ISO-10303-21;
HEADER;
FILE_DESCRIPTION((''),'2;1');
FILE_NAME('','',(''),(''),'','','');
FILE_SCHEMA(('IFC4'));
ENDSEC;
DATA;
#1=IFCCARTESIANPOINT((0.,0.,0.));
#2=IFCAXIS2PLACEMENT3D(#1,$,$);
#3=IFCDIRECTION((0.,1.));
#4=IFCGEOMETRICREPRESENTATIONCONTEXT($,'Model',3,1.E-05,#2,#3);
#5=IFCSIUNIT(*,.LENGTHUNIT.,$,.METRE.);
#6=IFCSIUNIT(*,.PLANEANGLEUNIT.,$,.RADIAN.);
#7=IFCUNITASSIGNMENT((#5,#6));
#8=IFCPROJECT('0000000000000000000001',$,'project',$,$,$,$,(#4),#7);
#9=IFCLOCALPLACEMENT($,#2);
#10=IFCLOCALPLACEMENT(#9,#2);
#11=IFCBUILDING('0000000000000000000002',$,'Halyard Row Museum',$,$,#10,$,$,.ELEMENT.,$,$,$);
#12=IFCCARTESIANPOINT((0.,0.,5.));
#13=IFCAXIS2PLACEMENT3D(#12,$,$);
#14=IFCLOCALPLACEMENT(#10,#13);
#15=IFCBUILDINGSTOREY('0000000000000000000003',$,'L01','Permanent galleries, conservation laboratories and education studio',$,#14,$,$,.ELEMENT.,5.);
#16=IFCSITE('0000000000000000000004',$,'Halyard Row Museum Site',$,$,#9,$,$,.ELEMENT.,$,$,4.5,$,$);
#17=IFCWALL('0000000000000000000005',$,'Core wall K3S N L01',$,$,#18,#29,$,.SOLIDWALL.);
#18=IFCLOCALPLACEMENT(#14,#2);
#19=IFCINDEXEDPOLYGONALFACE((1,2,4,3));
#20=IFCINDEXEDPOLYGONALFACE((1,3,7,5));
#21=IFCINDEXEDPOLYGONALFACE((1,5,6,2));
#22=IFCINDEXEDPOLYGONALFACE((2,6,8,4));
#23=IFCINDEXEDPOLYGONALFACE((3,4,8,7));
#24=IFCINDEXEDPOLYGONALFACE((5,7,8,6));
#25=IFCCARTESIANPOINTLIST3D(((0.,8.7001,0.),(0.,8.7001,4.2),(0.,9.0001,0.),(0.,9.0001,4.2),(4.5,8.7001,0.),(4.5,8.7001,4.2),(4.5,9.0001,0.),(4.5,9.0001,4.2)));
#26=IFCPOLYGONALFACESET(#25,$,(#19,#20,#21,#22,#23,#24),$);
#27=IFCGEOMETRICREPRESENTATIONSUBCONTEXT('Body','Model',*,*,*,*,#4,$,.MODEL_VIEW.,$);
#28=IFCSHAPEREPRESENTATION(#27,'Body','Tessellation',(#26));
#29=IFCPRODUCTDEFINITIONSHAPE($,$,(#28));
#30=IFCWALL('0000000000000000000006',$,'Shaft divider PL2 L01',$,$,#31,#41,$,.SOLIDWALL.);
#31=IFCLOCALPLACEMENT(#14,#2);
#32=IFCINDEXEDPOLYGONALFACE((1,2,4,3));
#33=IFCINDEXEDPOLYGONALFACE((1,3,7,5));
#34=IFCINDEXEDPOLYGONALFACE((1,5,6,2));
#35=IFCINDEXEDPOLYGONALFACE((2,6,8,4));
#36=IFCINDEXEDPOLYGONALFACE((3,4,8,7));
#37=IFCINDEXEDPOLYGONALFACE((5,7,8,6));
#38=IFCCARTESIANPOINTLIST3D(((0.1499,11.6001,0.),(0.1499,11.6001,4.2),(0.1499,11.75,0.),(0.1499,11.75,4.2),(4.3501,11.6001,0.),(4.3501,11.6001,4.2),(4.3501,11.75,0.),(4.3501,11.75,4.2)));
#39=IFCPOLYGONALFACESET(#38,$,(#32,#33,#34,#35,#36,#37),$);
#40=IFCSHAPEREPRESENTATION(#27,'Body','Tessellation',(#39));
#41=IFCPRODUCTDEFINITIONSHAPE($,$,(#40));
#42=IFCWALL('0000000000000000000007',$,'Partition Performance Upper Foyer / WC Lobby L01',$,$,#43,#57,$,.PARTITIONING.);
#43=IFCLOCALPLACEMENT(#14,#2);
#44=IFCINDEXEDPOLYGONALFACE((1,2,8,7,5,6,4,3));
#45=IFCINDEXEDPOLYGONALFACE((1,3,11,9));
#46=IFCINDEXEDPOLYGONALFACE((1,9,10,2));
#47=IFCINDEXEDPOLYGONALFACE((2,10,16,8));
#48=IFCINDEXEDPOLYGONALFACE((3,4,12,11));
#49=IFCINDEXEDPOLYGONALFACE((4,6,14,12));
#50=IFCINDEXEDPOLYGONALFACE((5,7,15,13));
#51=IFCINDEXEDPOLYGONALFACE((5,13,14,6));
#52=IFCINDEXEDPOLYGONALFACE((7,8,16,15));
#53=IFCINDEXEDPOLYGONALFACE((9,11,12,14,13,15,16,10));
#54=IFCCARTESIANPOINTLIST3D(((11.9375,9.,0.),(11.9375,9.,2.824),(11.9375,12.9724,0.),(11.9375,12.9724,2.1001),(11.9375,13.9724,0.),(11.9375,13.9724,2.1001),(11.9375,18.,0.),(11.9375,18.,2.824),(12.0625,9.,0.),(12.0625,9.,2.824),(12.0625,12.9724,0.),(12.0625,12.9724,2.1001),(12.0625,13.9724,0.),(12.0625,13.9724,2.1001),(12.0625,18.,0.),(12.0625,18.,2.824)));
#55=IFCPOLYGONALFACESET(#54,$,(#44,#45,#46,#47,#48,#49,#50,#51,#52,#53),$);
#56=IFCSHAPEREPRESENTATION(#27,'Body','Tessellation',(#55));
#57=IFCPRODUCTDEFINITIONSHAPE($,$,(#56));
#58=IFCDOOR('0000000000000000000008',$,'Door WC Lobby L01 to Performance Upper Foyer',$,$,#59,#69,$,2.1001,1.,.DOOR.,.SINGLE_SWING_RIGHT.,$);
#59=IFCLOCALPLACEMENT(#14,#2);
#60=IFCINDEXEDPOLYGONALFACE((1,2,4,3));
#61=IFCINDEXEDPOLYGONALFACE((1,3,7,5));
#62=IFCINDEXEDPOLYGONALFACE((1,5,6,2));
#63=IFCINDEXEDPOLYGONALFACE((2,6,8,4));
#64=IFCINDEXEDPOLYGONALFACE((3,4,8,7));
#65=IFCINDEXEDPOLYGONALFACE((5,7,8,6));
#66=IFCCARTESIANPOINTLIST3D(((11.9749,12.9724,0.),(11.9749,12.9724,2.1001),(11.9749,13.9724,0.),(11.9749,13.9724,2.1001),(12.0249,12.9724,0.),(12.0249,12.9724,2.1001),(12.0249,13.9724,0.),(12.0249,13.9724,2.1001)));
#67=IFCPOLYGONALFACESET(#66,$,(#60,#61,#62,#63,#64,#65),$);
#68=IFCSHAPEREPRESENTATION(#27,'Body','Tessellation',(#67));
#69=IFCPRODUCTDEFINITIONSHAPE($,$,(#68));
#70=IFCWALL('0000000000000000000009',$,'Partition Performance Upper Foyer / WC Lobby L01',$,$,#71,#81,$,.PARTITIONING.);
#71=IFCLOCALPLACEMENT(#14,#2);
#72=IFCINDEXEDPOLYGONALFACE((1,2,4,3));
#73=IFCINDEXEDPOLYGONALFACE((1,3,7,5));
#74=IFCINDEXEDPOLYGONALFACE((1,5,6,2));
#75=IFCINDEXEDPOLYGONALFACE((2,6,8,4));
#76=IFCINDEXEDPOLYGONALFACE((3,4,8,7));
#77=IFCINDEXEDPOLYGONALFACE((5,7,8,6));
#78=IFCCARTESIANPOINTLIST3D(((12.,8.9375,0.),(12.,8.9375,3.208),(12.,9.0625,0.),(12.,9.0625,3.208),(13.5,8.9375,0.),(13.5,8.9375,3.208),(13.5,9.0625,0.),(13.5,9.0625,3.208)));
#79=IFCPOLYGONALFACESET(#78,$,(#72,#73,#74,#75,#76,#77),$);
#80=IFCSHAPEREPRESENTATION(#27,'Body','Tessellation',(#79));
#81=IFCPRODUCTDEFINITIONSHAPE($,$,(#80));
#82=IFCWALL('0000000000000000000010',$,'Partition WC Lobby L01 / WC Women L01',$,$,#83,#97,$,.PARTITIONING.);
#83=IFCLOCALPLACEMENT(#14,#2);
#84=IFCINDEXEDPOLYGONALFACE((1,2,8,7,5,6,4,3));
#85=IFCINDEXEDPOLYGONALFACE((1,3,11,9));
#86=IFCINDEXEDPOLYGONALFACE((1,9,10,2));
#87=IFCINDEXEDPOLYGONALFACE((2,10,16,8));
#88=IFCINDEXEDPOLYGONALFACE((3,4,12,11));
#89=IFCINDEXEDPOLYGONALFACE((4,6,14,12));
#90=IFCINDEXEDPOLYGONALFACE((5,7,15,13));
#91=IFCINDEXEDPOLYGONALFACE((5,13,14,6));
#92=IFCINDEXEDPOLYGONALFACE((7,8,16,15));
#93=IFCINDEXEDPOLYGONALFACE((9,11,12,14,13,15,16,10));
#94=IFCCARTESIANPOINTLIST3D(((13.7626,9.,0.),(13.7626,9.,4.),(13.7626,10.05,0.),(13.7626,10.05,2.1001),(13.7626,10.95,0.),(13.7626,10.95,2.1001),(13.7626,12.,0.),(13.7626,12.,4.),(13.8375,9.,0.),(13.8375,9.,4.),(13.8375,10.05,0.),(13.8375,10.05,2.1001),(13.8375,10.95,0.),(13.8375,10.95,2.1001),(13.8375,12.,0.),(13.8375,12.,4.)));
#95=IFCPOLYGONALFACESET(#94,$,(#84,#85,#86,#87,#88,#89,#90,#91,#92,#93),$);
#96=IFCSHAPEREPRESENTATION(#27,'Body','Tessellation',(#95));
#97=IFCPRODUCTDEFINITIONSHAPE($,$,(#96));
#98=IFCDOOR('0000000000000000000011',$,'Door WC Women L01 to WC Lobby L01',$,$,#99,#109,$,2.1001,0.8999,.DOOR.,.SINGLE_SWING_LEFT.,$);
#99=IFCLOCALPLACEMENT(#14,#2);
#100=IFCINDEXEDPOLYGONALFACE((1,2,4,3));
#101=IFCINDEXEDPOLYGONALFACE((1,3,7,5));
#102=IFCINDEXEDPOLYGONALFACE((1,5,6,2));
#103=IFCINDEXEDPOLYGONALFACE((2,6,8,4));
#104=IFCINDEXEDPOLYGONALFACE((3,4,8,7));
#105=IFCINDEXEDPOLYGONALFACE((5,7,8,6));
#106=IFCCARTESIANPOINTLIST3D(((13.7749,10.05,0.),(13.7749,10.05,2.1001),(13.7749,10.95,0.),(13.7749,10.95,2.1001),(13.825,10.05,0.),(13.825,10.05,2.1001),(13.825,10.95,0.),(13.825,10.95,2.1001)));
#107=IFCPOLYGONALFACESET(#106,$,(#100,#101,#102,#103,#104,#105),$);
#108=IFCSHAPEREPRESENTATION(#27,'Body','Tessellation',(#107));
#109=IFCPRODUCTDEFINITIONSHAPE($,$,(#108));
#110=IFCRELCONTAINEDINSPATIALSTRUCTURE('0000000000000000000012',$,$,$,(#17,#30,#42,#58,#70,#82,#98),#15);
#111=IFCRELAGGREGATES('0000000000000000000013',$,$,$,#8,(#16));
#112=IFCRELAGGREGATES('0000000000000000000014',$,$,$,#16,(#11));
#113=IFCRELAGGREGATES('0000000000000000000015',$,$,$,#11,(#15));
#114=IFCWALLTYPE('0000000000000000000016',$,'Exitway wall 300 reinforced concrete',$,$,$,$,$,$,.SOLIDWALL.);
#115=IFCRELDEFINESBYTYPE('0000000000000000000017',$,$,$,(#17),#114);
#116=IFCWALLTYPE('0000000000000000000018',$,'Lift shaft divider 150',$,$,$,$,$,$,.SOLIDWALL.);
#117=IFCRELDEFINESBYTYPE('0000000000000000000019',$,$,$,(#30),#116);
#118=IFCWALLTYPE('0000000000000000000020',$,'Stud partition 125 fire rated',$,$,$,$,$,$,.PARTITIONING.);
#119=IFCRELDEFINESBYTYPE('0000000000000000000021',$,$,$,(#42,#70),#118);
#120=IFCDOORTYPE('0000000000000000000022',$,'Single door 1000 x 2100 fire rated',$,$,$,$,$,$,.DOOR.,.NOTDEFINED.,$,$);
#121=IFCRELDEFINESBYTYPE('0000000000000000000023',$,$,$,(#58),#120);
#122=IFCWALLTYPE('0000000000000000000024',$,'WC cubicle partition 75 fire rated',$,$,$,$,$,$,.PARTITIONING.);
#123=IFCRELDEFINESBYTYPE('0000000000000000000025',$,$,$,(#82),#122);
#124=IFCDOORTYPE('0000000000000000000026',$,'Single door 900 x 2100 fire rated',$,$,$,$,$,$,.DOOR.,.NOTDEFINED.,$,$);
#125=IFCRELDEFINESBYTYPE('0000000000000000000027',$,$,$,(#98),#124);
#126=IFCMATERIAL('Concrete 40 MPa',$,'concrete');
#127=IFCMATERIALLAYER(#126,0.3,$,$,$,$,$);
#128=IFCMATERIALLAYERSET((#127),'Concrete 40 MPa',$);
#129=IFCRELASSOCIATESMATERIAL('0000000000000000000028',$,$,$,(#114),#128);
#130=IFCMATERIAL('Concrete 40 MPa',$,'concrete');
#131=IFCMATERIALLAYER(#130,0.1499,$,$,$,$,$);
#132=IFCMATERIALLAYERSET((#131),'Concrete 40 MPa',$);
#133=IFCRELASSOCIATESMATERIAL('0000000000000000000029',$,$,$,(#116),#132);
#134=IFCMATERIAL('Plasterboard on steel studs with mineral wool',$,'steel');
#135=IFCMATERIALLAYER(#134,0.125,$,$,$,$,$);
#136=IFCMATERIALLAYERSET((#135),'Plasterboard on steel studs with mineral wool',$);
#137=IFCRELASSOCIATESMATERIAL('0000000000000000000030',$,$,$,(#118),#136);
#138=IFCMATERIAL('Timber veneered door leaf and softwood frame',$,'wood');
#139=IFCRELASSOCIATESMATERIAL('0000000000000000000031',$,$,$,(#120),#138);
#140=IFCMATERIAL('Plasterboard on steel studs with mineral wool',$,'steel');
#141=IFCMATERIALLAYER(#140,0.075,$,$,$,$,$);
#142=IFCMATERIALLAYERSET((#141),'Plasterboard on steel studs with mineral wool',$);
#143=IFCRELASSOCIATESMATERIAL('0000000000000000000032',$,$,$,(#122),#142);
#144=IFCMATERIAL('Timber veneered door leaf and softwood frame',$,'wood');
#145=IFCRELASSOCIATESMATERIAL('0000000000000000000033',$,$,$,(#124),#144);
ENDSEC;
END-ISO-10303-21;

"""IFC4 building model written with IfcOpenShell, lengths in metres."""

from ifc_helpers import new_model, si_unit, direction, frame, frame_2d, origin, place, context, subcontext, project, spatial, rectangle, extrude, material, layer, layer_set, type_object, element, fill, save


model = new_model("IFC4")

# Units and contexts
model_context = context("Model", 3, precision=1e-05, world=origin(), true_north=direction((0.0, 1.0)))
body_context = subcontext(model_context, "Body", "Model", "MODEL_VIEW")
ifc_project = project(units=[si_unit("LENGTHUNIT", "METRE"), si_unit("PLANEANGLEUNIT", "RADIAN")], contexts=[model_context])

# Site, building, storey
site_placement = place(None, origin())
site = spatial("IfcSite", under=ifc_project, at=site_placement, Name="Halyard Row Museum Site", CompositionType="ELEMENT", RefElevation=4.5)
building_placement = place(site_placement, origin())
building = spatial("IfcBuilding", under=site, at=building_placement, Name="Halyard Row Museum", CompositionType="ELEMENT")
storey_placement = place(building_placement, frame((0.0, 0.0, 5.0)))
storey = spatial("IfcBuildingStorey", under=building, at=storey_placement, Name="L01", Description="Permanent galleries, conservation laboratories and education studio", CompositionType="ELEMENT", Elevation=5.0)

# Walls
ifc_material_1 = material(Name="Concrete 40 MPa", Category="concrete")
ifc_layer_1 = layer(ifc_material_1, 0.3)
ifc_layer_set_1 = layer_set([ifc_layer_1], Name="Concrete 40 MPa")
wall_type_1 = type_object("IfcWallType", Name="Exitway wall 300 reinforced concrete", PredefinedType="SOLIDWALL", material=ifc_layer_set_1)
for number, where, z_axis, x_axis, name in (
    (1, (0.0, 8.8501, 0.0), (0.0, 0.0, 1.0), (1.0, 0.0, 0.0), "Core wall K3S N L01"),
):
    element("IfcWall", number, at=place(storey_placement, frame(where, z_axis=z_axis, x_axis=x_axis)), inside=storey, type_object=wall_type_1, Name=name, PredefinedType="SOLIDWALL", context=body_context, shape_type="SweptSolid", body=[
        extrude(rectangle(XDim=4.5, YDim=0.3, at=frame_2d((2.25, 0.0))), origin(), (0.0, 0.0, 1.0), 4.2),
    ])
ifc_material_2 = material(Name="Concrete 40 MPa", Category="concrete")
ifc_layer_2 = layer(ifc_material_2, 0.1499)
ifc_layer_set_2 = layer_set([ifc_layer_2], Name="Concrete 40 MPa")
wall_type_2 = type_object("IfcWallType", Name="Lift shaft divider 150", PredefinedType="SOLIDWALL", material=ifc_layer_set_2)
wall_1_placement = place(storey_placement, frame((0.1499, 11.675, 0.0), z_axis=(0.0, 0.0, 1.0), x_axis=(1.0, 0.0, 0.0)))
element("IfcWall", 2, at=wall_1_placement, inside=storey, type_object=wall_type_2, Name="Shaft divider PL2 L01", PredefinedType="SOLIDWALL", context=body_context, shape_type="SweptSolid", body=[
    extrude(rectangle(XDim=4.2002, YDim=0.1499, at=frame_2d((2.1001, 0.0))), origin(), (0.0, 0.0, 1.0), 4.2),
])

# Wall, opening, door
ifc_material_3 = material(Name="Plasterboard on steel studs with mineral wool", Category="steel")
ifc_layer_3 = layer(ifc_material_3, 0.125)
ifc_layer_set_3 = layer_set([ifc_layer_3], Name="Plasterboard on steel studs with mineral wool")
wall_type_3 = type_object("IfcWallType", Name="Stud partition 125 fire rated", PredefinedType="PARTITIONING", material=ifc_layer_set_3)
wall_2_placement = place(storey_placement, frame((12.0, 9.0, 0.0), z_axis=(0.0, 0.0, 1.0), x_axis=(0.0, 1.0, 0.0)))
wall_2 = element("IfcWall", 3, at=wall_2_placement, inside=storey, type_object=wall_type_3, Name="Partition Performance Upper Foyer / WC Lobby L01", PredefinedType="PARTITIONING", context=body_context, shape_type="SweptSolid", body=[
    extrude(rectangle(XDim=9.0, YDim=0.125, at=frame_2d((4.5, 0.0))), origin(), (0.0, 0.0, 1.0), 2.824),
])
opening_1_placement = place(wall_2_placement, frame((3.9724, 0.0, 0.0)))
opening_1 = element("IfcOpeningElement", 4, at=opening_1_placement, cuts=wall_2, PredefinedType="OPENING", context=body_context, shape_type="SweptSolid", body=[
    extrude(rectangle(XDim=1.0, YDim=2.1001, at=frame_2d((0.5, 1.05))), frame((0.0, 0.0725, 0.0), z_axis=(0.0, -1.0, 0.0), x_axis=(1.0, 0.0, 0.0)), (0.0, 0.0, 1.0), 0.145),
])
ifc_material_4 = material(Name="Timber veneered door leaf and softwood frame", Category="wood")
door_type_1 = type_object("IfcDoorType", Name="Single door 1000 x 2100 fire rated", OperationType="NOTDEFINED", PredefinedType="DOOR", material=ifc_material_4)
door_1_placement = place(opening_1_placement, frame((1.0, 0.0, 0.0), z_axis=(0.0, 0.0, 1.0), x_axis=(-1.0, 0.0, 0.0)))
door_1 = element("IfcDoor", 5, at=door_1_placement, inside=storey, type_object=door_type_1, Name="Door WC Lobby L01 to Performance Upper Foyer", OperationType="SINGLE_SWING_RIGHT", OverallHeight=2.1001, OverallWidth=1.0, PredefinedType="DOOR", context=body_context, shape_type="SweptSolid", body=[
    extrude(rectangle(XDim=1.0, YDim=2.1001, at=frame_2d((0.5, 1.05))), frame((0.0, 0.0249, 0.0), z_axis=(0.0, -1.0, 0.0), x_axis=(1.0, 0.0, 0.0)), (0.0, 0.0, 1.0), 0.05),
])
fill(opening_1, door_1)

# Wall
wall_3_placement = place(storey_placement, frame((12.0, 9.0, 0.0), z_axis=(0.0, 0.0, 1.0), x_axis=(1.0, 0.0, 0.0)))
element("IfcWall", 6, at=wall_3_placement, inside=storey, type_object=wall_type_3, Name="Partition Performance Upper Foyer / WC Lobby L01", PredefinedType="PARTITIONING", context=body_context, shape_type="SweptSolid", body=[
    extrude(rectangle(XDim=1.5, YDim=0.125, at=frame_2d((0.75, 0.0))), origin(), (0.0, 0.0, 1.0), 3.208),
])

# Wall, opening, door
ifc_material_5 = material(Name="Plasterboard on steel studs with mineral wool", Category="steel")
ifc_layer_4 = layer(ifc_material_5, 0.075)
ifc_layer_set_4 = layer_set([ifc_layer_4], Name="Plasterboard on steel studs with mineral wool")
wall_type_4 = type_object("IfcWallType", Name="WC cubicle partition 75 fire rated", PredefinedType="PARTITIONING", material=ifc_layer_set_4)
wall_4_placement = place(storey_placement, frame((13.8, 9.0, 0.0), z_axis=(0.0, 0.0, 1.0), x_axis=(0.0, 1.0, 0.0)))
wall_4 = element("IfcWall", 7, at=wall_4_placement, inside=storey, type_object=wall_type_4, Name="Partition WC Lobby L01 / WC Women L01", PredefinedType="PARTITIONING", context=body_context, shape_type="SweptSolid", body=[
    extrude(rectangle(XDim=3.0, YDim=0.075, at=frame_2d((1.5, 0.0))), origin(), (0.0, 0.0, 1.0), 4.0),
])
opening_2_placement = place(wall_4_placement, frame((1.05, 0.0, 0.0)))
opening_2 = element("IfcOpeningElement", 8, at=opening_2_placement, cuts=wall_4, PredefinedType="OPENING", context=body_context, shape_type="SweptSolid", body=[
    extrude(rectangle(XDim=0.8999, YDim=2.1001, at=frame_2d((0.45, 1.05))), frame((0.0, 0.0474, 0.0), z_axis=(0.0, -1.0, 0.0), x_axis=(1.0, 0.0, 0.0)), (0.0, 0.0, 1.0), 0.095),
])
ifc_material_6 = material(Name="Timber veneered door leaf and softwood frame", Category="wood")
door_type_2 = type_object("IfcDoorType", Name="Single door 900 x 2100 fire rated", OperationType="NOTDEFINED", PredefinedType="DOOR", material=ifc_material_6)
door_2_placement = place(opening_2_placement, frame((0.8999, 0.0, 0.0), z_axis=(0.0, 0.0, 1.0), x_axis=(-1.0, 0.0, 0.0)))
door_2 = element("IfcDoor", 9, at=door_2_placement, inside=storey, type_object=door_type_2, Name="Door WC Women L01 to WC Lobby L01", OperationType="SINGLE_SWING_LEFT", OverallHeight=2.1001, OverallWidth=0.8999, PredefinedType="DOOR", context=body_context, shape_type="SweptSolid", body=[
    extrude(rectangle(XDim=0.8999, YDim=2.1001, at=frame_2d((0.45, 1.05))), frame((0.0, 0.0249, 0.0), z_axis=(0.0, -1.0, 0.0), x_axis=(1.0, 0.0, 0.0)), (0.0, 0.0, 1.0), 0.05),
])
fill(opening_2, door_2)

save(model, "model.ifc")
